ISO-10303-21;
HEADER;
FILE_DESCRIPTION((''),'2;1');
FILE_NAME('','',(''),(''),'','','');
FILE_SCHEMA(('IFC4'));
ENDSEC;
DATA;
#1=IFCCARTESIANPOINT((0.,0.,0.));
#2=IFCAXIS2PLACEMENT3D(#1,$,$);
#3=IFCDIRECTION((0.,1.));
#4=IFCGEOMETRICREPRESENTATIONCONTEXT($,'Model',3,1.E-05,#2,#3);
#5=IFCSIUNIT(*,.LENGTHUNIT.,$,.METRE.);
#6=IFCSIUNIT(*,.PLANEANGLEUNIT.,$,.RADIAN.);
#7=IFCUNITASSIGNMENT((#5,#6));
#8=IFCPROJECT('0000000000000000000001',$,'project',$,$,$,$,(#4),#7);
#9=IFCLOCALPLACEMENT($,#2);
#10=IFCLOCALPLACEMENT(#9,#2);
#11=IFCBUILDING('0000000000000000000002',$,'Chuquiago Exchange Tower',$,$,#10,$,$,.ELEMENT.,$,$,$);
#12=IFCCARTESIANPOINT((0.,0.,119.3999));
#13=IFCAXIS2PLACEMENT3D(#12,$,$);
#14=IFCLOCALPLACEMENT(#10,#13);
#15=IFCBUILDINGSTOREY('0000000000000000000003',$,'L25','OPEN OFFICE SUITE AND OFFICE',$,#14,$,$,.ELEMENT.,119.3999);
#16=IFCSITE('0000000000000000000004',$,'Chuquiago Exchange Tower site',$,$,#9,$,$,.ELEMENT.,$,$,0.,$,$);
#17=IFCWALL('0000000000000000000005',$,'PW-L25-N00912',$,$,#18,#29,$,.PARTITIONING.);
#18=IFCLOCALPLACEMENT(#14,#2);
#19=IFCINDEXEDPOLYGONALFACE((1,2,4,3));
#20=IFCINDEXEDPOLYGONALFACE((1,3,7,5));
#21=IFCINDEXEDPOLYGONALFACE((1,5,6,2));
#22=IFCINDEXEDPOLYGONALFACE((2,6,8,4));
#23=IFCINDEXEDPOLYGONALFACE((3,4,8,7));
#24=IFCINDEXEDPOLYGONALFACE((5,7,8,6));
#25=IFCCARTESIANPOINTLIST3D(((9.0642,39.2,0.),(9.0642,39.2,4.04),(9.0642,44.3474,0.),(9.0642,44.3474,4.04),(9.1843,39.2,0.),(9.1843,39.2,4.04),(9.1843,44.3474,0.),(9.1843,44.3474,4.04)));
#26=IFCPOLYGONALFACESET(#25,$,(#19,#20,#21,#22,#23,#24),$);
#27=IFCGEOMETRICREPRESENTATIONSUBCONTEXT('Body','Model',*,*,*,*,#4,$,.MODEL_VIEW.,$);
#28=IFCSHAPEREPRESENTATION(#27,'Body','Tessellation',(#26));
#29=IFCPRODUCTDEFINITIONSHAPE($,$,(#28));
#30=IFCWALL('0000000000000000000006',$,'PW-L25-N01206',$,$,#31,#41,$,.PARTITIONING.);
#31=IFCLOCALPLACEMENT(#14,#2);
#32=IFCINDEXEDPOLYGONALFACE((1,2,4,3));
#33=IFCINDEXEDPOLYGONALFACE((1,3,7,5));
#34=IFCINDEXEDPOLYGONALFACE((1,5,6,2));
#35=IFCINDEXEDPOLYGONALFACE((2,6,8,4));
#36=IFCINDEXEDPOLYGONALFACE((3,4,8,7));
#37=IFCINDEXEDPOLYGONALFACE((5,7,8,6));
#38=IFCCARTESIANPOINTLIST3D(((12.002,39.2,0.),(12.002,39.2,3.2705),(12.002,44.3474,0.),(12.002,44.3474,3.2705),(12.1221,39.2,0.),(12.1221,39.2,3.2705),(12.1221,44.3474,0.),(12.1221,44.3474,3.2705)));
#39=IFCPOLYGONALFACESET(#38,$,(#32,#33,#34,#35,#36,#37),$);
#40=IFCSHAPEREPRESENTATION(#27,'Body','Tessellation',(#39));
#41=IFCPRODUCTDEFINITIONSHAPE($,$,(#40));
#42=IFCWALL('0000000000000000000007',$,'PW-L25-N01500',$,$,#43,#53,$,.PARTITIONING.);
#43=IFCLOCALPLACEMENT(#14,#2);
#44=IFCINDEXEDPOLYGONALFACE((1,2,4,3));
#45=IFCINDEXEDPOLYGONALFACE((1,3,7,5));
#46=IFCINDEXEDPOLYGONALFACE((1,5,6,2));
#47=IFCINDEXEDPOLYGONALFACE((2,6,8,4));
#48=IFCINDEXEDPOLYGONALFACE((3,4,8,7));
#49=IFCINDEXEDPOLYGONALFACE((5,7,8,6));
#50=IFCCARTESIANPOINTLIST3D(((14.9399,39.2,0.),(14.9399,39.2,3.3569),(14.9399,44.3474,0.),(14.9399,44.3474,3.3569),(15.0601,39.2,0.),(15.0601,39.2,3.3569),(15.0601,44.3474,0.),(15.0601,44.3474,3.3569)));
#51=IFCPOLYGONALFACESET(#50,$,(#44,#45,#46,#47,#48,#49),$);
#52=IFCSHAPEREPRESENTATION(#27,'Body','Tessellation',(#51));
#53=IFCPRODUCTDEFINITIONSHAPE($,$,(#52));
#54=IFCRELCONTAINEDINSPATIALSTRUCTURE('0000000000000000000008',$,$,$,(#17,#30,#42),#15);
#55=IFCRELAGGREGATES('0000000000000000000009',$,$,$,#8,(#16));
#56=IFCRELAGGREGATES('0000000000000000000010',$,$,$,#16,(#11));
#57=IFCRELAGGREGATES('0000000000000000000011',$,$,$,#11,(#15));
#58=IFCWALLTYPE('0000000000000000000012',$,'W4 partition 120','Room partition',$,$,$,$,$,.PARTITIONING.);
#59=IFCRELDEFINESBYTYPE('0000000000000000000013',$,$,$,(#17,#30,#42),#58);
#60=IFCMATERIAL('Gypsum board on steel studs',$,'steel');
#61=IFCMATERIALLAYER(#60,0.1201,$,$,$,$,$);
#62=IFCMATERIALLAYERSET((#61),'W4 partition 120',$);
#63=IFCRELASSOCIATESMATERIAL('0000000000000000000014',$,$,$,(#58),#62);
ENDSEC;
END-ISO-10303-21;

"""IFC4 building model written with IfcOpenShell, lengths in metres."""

from ifc_helpers import new_model, si_unit, direction, frame, frame_2d, origin, place, context, subcontext, project, spatial, rectangle, extrude, material, layer, layer_set, type_object, element, save


model = new_model("IFC4")

# Units and contexts
model_context = context("Model", 3, precision=1e-05, world=origin(), true_north=direction((0.0, 1.0)))
body_context = subcontext(model_context, "Body", "Model", "MODEL_VIEW")
ifc_project = project(units=[si_unit("LENGTHUNIT", "METRE"), si_unit("PLANEANGLEUNIT", "RADIAN")], contexts=[model_context])

# Site, building, storey
site_placement = place(None, origin())
site = spatial("IfcSite", under=ifc_project, at=site_placement, Name="Chuquiago Exchange Tower site", CompositionType="ELEMENT", RefElevation=0.0)
building_placement = place(site_placement, origin())
building = spatial("IfcBuilding", under=site, at=building_placement, Name="Chuquiago Exchange Tower", CompositionType="ELEMENT")
storey_placement = place(building_placement, frame((0.0, 0.0, 119.3999)))
storey = spatial("IfcBuildingStorey", under=building, at=storey_placement, Name="L25", Description="OPEN OFFICE SUITE AND OFFICE", CompositionType="ELEMENT", Elevation=119.3999)

# Walls
ifc_material_1 = material(Name="Gypsum board on steel studs", Category="steel")
ifc_layer_1 = layer(ifc_material_1, 0.1201)
ifc_layer_set_1 = layer_set([ifc_layer_1], Name="W4 partition 120")
wall_type_1 = type_object("IfcWallType", Name="W4 partition 120", Description="Room partition", PredefinedType="PARTITIONING", material=ifc_layer_set_1)
wall_1_placement = place(storey_placement, frame((9.1243, 44.3474, 0.0), z_axis=(0.0, 0.0, 1.0), x_axis=(0.0, -1.0, 0.0)))
element("IfcWall", 1, at=wall_1_placement, inside=storey, type_object=wall_type_1, Name="PW-L25-N00912", PredefinedType="PARTITIONING", context=body_context, shape_type="SweptSolid", body=[
    extrude(rectangle(XDim=5.1475, YDim=0.1201, at=frame_2d((2.5737, 0.0))), origin(), (0.0, 0.0, 1.0), 4.04),
])
wall_2_placement = place(storey_placement, frame((12.062, 44.3474, 0.0), z_axis=(0.0, 0.0, 1.0), x_axis=(0.0, -1.0, 0.0)))
element("IfcWall", 2, at=wall_2_placement, inside=storey, type_object=wall_type_1, Name="PW-L25-N01206", PredefinedType="PARTITIONING", context=body_context, shape_type="SweptSolid", body=[
    extrude(rectangle(XDim=5.1475, YDim=0.1201, at=frame_2d((2.5737, 0.0))), origin(), (0.0, 0.0, 1.0), 3.2705),
])
wall_3_placement = place(storey_placement, frame((15.0, 44.3474, 0.0), z_axis=(0.0, 0.0, 1.0), x_axis=(0.0, -1.0, 0.0)))
element("IfcWall", 3, at=wall_3_placement, inside=storey, type_object=wall_type_1, Name="PW-L25-N01500", PredefinedType="PARTITIONING", context=body_context, shape_type="SweptSolid", body=[
    extrude(rectangle(XDim=5.1475, YDim=0.1201, at=frame_2d((2.5737, 0.0))), origin(), (0.0, 0.0, 1.0), 3.3569),
])

save(model, "model.ifc")
